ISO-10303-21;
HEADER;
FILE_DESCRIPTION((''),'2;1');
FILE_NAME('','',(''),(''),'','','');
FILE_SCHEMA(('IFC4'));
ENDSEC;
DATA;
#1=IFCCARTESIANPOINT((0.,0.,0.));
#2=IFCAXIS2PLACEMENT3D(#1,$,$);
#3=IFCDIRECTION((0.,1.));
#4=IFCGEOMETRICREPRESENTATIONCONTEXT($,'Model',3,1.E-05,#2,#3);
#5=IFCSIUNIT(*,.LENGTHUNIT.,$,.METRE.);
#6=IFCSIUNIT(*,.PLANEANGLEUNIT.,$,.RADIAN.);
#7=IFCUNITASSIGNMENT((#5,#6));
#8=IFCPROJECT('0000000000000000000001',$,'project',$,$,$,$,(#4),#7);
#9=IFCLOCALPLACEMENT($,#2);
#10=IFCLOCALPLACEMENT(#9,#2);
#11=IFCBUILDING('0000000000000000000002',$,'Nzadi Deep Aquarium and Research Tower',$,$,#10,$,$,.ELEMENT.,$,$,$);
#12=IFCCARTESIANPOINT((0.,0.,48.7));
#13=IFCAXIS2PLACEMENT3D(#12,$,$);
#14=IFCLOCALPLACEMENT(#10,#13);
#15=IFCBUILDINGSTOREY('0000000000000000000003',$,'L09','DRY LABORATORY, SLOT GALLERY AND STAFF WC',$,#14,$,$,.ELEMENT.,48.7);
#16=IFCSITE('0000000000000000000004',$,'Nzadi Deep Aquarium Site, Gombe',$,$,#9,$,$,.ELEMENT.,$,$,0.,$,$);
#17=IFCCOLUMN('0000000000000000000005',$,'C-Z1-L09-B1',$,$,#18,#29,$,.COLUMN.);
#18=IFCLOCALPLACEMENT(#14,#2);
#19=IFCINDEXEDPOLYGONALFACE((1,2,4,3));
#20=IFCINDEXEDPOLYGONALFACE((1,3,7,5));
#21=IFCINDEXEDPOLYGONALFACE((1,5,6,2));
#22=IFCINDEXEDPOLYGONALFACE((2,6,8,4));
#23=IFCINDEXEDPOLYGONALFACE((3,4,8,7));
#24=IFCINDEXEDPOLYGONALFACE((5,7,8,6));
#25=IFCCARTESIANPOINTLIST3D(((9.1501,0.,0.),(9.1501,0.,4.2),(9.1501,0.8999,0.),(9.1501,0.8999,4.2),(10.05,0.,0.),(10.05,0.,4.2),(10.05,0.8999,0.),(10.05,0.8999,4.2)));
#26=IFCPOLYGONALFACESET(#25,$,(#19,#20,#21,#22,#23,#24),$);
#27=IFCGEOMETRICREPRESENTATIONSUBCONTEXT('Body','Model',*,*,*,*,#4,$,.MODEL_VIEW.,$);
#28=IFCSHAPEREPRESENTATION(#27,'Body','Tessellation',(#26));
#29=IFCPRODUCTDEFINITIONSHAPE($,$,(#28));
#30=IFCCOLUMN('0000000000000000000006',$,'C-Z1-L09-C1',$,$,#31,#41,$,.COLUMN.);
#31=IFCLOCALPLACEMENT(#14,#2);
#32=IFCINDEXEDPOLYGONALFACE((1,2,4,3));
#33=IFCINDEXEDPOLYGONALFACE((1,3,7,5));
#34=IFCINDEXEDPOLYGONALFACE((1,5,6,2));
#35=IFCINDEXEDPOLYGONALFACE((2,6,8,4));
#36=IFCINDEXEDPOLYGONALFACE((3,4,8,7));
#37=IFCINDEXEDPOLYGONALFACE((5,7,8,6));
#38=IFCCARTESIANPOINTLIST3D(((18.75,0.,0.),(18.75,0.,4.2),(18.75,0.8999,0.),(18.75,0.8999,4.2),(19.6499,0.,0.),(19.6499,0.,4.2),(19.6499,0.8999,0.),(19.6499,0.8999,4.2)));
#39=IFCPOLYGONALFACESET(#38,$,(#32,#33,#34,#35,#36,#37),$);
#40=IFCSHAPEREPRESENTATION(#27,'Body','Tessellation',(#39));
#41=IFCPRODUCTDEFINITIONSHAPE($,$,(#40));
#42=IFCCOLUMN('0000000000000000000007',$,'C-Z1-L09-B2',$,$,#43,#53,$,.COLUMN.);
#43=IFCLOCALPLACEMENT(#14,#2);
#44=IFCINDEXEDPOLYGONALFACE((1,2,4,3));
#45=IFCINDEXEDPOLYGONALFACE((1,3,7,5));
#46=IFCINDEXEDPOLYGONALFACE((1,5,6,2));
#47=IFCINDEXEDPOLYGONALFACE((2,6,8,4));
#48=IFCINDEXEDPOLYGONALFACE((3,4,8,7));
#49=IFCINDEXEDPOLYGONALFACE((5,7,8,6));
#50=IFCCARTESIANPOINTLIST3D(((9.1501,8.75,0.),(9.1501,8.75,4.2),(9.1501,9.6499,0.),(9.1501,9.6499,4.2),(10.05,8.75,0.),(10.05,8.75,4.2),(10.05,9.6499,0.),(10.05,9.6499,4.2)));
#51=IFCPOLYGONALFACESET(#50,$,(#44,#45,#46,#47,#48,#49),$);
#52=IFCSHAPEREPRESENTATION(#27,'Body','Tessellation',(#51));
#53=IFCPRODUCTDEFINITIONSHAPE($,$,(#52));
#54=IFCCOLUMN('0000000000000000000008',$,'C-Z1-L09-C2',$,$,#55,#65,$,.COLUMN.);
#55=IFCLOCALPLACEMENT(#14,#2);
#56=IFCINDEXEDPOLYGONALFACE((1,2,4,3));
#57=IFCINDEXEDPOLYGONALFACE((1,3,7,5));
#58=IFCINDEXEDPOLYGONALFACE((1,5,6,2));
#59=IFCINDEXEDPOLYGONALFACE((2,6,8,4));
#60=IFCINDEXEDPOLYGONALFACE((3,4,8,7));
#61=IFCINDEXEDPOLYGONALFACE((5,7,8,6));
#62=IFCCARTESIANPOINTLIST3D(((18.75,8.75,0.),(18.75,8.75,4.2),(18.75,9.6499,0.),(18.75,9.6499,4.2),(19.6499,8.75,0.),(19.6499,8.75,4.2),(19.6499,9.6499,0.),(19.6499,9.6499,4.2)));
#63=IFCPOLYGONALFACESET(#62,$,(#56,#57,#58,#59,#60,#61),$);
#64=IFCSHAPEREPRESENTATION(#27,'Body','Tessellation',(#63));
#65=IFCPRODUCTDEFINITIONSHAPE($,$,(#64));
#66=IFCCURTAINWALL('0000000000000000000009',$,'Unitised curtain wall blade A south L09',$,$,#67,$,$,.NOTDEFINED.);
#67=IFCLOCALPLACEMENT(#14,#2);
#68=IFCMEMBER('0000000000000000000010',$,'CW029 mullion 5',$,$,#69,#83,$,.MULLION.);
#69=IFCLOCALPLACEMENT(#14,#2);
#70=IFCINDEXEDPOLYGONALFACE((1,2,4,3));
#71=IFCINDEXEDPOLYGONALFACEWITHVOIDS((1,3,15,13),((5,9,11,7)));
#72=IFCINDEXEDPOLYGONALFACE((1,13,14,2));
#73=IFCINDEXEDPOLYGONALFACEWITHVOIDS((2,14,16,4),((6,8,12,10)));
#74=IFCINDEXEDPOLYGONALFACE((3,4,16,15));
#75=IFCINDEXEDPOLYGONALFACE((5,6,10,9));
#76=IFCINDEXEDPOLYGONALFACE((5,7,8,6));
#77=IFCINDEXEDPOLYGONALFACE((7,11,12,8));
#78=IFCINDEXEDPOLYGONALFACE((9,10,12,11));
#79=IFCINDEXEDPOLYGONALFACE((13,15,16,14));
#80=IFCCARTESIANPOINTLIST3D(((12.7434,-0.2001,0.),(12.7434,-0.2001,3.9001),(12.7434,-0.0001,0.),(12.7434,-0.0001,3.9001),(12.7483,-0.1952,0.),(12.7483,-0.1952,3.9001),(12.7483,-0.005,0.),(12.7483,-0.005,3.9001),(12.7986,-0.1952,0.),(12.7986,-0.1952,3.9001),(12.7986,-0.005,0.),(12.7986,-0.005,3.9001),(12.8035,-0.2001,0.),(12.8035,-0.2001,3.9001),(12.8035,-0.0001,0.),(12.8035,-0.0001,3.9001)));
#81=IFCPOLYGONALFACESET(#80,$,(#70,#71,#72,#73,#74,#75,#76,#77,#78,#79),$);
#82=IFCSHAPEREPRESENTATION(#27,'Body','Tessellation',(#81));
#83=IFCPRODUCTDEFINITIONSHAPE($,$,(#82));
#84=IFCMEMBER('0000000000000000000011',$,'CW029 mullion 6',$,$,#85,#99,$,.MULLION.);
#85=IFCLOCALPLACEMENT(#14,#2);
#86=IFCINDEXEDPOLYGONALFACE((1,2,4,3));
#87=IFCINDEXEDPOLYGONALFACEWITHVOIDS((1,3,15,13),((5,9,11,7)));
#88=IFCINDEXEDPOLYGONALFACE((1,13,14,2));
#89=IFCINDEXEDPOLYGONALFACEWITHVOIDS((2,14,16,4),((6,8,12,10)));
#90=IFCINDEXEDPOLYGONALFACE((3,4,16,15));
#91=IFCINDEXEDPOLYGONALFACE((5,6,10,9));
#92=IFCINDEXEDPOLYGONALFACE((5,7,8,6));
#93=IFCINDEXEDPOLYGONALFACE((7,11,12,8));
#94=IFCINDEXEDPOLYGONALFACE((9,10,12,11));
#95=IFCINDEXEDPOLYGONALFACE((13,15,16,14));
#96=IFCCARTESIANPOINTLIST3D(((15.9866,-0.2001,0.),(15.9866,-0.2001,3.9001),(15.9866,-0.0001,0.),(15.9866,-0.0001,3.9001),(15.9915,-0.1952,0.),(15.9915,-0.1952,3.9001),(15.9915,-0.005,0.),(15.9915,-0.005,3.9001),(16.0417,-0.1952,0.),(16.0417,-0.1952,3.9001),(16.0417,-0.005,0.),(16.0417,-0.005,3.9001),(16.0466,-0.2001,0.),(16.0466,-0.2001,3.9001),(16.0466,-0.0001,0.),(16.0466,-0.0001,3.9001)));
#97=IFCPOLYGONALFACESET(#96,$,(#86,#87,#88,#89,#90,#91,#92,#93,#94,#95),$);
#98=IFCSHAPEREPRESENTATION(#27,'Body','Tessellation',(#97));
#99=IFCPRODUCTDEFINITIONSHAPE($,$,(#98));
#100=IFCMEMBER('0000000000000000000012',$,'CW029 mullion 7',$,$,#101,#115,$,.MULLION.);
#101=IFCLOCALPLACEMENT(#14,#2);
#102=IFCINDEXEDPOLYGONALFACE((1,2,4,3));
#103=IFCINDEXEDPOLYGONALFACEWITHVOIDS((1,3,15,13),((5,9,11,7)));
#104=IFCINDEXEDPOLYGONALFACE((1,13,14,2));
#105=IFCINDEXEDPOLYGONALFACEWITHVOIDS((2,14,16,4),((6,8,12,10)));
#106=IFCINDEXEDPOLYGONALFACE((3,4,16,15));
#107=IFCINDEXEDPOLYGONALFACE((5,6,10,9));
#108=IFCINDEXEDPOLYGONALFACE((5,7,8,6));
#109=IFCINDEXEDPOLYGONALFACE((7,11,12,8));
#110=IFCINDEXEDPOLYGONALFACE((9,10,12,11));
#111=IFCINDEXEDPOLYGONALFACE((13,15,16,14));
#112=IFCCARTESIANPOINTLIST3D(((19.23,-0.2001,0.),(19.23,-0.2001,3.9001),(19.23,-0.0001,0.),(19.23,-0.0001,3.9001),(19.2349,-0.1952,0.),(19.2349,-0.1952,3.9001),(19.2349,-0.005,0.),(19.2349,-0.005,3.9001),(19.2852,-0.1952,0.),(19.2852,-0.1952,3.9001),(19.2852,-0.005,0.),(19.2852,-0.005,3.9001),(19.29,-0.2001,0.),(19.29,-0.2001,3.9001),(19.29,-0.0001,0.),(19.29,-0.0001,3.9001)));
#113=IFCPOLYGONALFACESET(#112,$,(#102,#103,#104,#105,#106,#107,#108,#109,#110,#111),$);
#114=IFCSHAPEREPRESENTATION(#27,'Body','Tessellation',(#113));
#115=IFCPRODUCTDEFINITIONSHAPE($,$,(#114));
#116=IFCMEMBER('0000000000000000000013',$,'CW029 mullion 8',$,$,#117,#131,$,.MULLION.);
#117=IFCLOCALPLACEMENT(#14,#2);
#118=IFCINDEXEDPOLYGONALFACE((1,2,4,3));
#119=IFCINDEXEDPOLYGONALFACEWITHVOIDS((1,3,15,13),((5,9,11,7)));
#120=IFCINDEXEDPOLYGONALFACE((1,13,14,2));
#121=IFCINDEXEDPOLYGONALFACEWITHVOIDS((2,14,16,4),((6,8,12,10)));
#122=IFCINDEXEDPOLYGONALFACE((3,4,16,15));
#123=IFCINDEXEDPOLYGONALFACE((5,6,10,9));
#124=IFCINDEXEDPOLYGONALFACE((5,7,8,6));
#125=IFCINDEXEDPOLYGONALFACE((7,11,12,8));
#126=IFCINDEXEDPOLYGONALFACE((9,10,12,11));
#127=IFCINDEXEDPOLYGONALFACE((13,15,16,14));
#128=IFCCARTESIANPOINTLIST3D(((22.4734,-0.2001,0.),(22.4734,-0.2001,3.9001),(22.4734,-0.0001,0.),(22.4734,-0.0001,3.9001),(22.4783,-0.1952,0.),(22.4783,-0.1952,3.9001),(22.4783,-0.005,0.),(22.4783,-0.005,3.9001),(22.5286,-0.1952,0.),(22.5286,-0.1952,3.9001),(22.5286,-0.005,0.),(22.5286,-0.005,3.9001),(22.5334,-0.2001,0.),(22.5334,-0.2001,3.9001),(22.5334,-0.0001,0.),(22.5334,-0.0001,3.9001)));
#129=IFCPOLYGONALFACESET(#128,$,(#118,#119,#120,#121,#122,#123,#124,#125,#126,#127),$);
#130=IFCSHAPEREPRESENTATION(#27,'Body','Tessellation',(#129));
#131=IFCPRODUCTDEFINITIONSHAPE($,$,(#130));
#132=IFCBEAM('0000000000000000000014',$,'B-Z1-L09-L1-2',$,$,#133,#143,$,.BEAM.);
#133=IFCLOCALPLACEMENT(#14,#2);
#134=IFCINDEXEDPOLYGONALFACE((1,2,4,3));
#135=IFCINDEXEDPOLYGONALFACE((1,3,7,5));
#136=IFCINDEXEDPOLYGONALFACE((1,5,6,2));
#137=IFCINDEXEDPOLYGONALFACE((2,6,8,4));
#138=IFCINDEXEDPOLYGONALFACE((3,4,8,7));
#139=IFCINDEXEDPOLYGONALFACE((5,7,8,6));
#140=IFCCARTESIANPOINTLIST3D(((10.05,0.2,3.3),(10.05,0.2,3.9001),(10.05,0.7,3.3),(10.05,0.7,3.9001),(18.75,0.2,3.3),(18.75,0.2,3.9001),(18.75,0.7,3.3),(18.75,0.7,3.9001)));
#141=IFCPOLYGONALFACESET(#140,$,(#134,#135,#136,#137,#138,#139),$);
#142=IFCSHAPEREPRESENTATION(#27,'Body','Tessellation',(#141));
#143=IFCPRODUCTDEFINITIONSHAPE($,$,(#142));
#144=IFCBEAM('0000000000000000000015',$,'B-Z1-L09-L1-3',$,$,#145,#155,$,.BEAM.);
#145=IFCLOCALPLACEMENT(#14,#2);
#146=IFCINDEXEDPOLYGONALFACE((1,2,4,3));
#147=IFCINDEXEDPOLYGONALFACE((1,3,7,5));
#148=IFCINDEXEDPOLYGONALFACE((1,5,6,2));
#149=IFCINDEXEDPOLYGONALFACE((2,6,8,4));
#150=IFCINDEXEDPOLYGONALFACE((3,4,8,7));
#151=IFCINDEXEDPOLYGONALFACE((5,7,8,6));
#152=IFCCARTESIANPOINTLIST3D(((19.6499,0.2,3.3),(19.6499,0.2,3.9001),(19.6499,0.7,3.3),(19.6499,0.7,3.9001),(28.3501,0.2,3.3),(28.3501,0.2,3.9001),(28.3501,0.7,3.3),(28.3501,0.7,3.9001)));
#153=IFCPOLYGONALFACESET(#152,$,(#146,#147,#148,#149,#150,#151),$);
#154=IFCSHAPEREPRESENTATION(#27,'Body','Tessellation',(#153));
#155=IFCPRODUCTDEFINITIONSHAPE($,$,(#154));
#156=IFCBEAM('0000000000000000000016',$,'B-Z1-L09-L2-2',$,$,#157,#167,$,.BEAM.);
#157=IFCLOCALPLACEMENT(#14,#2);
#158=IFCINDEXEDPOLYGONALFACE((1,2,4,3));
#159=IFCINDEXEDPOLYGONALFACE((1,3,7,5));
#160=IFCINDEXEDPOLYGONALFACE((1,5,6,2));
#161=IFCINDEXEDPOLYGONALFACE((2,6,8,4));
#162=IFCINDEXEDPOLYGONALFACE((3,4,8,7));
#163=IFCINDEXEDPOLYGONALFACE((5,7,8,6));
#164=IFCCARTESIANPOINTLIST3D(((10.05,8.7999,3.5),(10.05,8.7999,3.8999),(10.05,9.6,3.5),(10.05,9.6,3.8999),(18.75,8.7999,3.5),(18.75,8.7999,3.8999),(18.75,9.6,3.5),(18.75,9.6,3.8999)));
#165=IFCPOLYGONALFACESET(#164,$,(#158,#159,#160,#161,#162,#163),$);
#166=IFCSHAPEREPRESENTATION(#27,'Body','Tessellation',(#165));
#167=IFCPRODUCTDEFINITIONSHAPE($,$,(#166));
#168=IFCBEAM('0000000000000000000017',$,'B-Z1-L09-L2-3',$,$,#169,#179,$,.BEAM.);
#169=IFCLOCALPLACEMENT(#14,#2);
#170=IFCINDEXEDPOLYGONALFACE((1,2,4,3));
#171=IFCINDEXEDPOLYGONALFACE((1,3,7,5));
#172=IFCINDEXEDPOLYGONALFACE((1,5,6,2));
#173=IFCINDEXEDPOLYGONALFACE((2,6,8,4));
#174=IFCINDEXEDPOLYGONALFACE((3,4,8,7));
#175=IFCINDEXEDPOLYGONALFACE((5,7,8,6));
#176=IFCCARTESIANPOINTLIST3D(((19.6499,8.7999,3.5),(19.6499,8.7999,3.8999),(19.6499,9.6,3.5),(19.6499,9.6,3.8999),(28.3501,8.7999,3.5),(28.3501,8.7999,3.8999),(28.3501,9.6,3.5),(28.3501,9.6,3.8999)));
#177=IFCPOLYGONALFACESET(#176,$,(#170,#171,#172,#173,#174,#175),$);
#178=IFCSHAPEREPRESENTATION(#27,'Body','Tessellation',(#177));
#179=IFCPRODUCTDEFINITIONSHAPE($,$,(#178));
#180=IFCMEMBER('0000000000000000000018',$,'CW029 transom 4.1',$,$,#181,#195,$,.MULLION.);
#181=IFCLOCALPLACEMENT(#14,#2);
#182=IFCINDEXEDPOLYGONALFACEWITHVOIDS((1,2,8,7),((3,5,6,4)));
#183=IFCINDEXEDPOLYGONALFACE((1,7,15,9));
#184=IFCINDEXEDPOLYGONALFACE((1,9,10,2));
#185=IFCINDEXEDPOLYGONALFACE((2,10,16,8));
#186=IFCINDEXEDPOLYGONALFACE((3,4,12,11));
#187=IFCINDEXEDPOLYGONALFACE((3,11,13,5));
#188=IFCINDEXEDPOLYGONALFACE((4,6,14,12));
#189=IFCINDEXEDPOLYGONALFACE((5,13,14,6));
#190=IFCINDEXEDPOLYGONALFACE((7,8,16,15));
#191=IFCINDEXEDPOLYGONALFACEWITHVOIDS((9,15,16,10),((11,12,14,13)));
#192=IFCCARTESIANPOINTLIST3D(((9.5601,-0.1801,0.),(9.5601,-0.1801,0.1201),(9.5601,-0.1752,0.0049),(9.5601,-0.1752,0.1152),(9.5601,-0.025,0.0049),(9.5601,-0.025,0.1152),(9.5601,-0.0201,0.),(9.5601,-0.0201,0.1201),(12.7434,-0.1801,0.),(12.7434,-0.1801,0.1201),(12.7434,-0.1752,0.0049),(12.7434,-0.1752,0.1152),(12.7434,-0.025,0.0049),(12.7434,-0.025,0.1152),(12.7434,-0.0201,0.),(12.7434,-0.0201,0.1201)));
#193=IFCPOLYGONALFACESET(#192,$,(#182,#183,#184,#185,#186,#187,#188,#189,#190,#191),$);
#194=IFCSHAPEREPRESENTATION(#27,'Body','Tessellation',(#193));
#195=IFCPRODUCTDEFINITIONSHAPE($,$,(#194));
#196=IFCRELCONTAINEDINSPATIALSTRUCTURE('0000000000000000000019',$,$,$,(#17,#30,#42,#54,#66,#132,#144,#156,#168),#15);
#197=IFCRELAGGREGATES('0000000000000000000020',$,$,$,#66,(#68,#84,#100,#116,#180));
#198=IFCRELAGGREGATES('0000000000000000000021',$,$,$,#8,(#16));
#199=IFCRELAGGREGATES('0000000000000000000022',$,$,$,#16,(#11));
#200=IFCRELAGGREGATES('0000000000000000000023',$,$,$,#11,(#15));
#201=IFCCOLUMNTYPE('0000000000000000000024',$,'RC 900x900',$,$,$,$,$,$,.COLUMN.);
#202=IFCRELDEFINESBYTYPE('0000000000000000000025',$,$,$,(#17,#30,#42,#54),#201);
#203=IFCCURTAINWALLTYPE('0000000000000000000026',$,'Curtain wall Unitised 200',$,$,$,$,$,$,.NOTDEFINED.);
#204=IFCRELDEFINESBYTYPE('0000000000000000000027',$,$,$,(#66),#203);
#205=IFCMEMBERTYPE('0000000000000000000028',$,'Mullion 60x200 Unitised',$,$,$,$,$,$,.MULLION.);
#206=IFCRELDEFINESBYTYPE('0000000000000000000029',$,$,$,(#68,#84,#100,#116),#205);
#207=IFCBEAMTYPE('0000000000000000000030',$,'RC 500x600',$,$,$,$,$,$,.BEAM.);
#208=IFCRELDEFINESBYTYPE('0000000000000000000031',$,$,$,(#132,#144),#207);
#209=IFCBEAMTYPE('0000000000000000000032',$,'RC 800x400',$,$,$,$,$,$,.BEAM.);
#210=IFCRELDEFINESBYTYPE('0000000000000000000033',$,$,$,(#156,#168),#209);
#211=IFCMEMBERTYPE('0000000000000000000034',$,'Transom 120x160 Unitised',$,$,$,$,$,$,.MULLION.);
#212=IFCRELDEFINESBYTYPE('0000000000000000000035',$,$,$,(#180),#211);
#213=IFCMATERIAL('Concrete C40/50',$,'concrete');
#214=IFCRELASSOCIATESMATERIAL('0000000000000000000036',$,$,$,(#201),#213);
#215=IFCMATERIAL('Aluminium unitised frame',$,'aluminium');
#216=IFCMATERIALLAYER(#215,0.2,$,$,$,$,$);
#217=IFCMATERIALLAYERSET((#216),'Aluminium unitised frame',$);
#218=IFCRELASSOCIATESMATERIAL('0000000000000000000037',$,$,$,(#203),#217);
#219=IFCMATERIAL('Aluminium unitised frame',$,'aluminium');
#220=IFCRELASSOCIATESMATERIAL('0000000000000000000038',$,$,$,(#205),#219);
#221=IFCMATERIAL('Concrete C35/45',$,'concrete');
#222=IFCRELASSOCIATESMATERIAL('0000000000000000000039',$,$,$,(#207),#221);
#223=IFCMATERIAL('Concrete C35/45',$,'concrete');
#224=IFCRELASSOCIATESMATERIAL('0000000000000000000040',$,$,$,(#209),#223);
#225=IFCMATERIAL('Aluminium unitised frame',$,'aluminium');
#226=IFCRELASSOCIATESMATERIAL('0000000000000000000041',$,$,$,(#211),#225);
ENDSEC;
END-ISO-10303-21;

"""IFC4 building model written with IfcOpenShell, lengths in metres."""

from ifc_helpers import new_model, si_unit, direction, frame, origin, origin_2d, place, context, subcontext, project, spatial, rectangle, hollow_rectangle, extrude, material, layer, layer_set, material_profile, profile_set, type_object, element, aggregate, save


model = new_model("IFC4")

# Units and contexts
model_context = context("Model", 3, precision=1e-05, world=origin(), true_north=direction((0.0, 1.0)))
body_context = subcontext(model_context, "Body", "Model", "MODEL_VIEW")
ifc_project = project(units=[si_unit("LENGTHUNIT", "METRE"), si_unit("PLANEANGLEUNIT", "RADIAN")], contexts=[model_context])

# Site, building, storey
site_placement = place(None, origin())
site = spatial("IfcSite", under=ifc_project, at=site_placement, Name="Nzadi Deep Aquarium Site, Gombe", CompositionType="ELEMENT", RefElevation=0.0)
building_placement = place(site_placement, origin())
building = spatial("IfcBuilding", under=site, at=building_placement, Name="Nzadi Deep Aquarium and Research Tower", CompositionType="ELEMENT")
storey_placement = place(building_placement, frame((0.0, 0.0, 48.7)))
storey = spatial("IfcBuildingStorey", under=building, at=storey_placement, Name="L09", Description="DRY LABORATORY, SLOT GALLERY AND STAFF WC", CompositionType="ELEMENT", Elevation=48.7)

# Columns
ifc_material_1 = material(Name="Concrete C40/50", Category="concrete")
ifc_material_profile_1 = material_profile(ifc_material_1, rectangle(XDim=0.8999, YDim=0.8999, at=origin_2d()))
ifc_profile_set_1 = profile_set([ifc_material_profile_1], Name="Concrete C40/50")
column_type = type_object("IfcColumnType", Name="RC 900x900", PredefinedType="COLUMN", material=ifc_profile_set_1)
for number, where, z_axis, x_axis, name in (
    (1, (9.6001, 0.45, 0.0), (0.0, 0.0, 1.0), (1.0, 0.0, 0.0), "C-Z1-L09-B1"),
    (2, (19.2, 0.45, 0.0), (0.0, 0.0, 1.0), (1.0, 0.0, 0.0), "C-Z1-L09-C1"),
    (3, (9.6001, 9.2, 0.0), (0.0, 0.0, 1.0), (1.0, 0.0, 0.0), "C-Z1-L09-B2"),
    (4, (19.2, 9.2, 0.0), (0.0, 0.0, 1.0), (1.0, 0.0, 0.0), "C-Z1-L09-C2"),
):
    element("IfcColumn", number, at=place(storey_placement, frame(where, z_axis=z_axis, x_axis=x_axis)), inside=storey, type_object=column_type, Name=name, PredefinedType="COLUMN", context=body_context, shape_type="SweptSolid", body=[
        extrude(rectangle(XDim=0.8999, YDim=0.8999, at=origin_2d()), origin(), (0.0, 0.0, 1.0), 4.2),
    ])

# Curtain wall, members
ifc_material_2 = material(Name="Aluminium unitised frame", Category="aluminium")
ifc_layer_1 = layer(ifc_material_2, 0.2)
ifc_layer_set_1 = layer_set([ifc_layer_1], Name="Aluminium unitised frame")
curtain_wall_type = type_object("IfcCurtainWallType", Name="Curtain wall Unitised 200", PredefinedType="NOTDEFINED", material=ifc_layer_set_1)
curtain_wall_placement = place(storey_placement, origin())
curtain_wall = element("IfcCurtainWall", 5, at=curtain_wall_placement, inside=storey, type_object=curtain_wall_type, Name="Unitised curtain wall blade A south L09", PredefinedType="NOTDEFINED")
ifc_material_3 = material(Name="Aluminium unitised frame", Category="aluminium")
ifc_material_profile_2 = material_profile(ifc_material_3, hollow_rectangle(XDim=0.2, YDim=0.0601, WallThickness=0.0049, at=origin_2d()))
ifc_profile_set_2 = profile_set([ifc_material_profile_2], Name="Aluminium unitised frame")
member_type_1 = type_object("IfcMemberType", Name="Mullion 60x200 Unitised", PredefinedType="MULLION", material=ifc_profile_set_2)
member_1_placement = place(storey_placement, frame((12.7734, -0.1001, 0.0), z_axis=(0.0, 0.0, 1.0), x_axis=(0.0, 1.0, 0.0)))
member_1 = element("IfcMember", 6, at=member_1_placement, type_object=member_type_1, Name="CW029 mullion 5", PredefinedType="MULLION", context=body_context, shape_type="SweptSolid", body=[
    extrude(hollow_rectangle(XDim=0.2, YDim=0.0601, WallThickness=0.0049, at=origin_2d()), origin(), (0.0, 0.0, 1.0), 3.9001),
])
member_2_placement = place(storey_placement, frame((16.0166, -0.1001, 0.0), z_axis=(0.0, 0.0, 1.0), x_axis=(0.0, 1.0, 0.0)))
member_2 = element("IfcMember", 7, at=member_2_placement, type_object=member_type_1, Name="CW029 mullion 6", PredefinedType="MULLION", context=body_context, shape_type="SweptSolid", body=[
    extrude(hollow_rectangle(XDim=0.2, YDim=0.0601, WallThickness=0.0049, at=origin_2d()), origin(), (0.0, 0.0, 1.0), 3.9001),
])
member_3_placement = place(storey_placement, frame((19.26, -0.1001, 0.0), z_axis=(0.0, 0.0, 1.0), x_axis=(0.0, 1.0, 0.0)))
member_3 = element("IfcMember", 8, at=member_3_placement, type_object=member_type_1, Name="CW029 mullion 7", PredefinedType="MULLION", context=body_context, shape_type="SweptSolid", body=[
    extrude(hollow_rectangle(XDim=0.2, YDim=0.0601, WallThickness=0.0049, at=origin_2d()), origin(), (0.0, 0.0, 1.0), 3.9001),
])
member_4_placement = place(storey_placement, frame((22.5034, -0.1001, 0.0), z_axis=(0.0, 0.0, 1.0), x_axis=(0.0, 1.0, 0.0)))
member_4 = element("IfcMember", 9, at=member_4_placement, type_object=member_type_1, Name="CW029 mullion 8", PredefinedType="MULLION", context=body_context, shape_type="SweptSolid", body=[
    extrude(hollow_rectangle(XDim=0.2, YDim=0.0601, WallThickness=0.0049, at=origin_2d()), origin(), (0.0, 0.0, 1.0), 3.9001),
])

# Beams
ifc_material_4 = material(Name="Concrete C35/45", Category="concrete")
ifc_material_profile_3 = material_profile(ifc_material_4, rectangle(XDim=0.5, YDim=0.6001, at=origin_2d()))
ifc_profile_set_3 = profile_set([ifc_material_profile_3], Name="Concrete C35/45")
beam_type_1 = type_object("IfcBeamType", Name="RC 500x600", PredefinedType="BEAM", material=ifc_profile_set_3)
beam_1_placement = place(storey_placement, frame((10.05, 0.45, 3.6001), z_axis=(1.0, 0.0, 0.0), x_axis=(0.0, 1.0, 0.0)))
element("IfcBeam", 10, at=beam_1_placement, inside=storey, type_object=beam_type_1, Name="B-Z1-L09-L1-2", PredefinedType="BEAM", context=body_context, shape_type="SweptSolid", body=[
    extrude(rectangle(XDim=0.5, YDim=0.6001, at=origin_2d()), origin(), (0.0, 0.0, 1.0), 8.7),
])
beam_2_placement = place(storey_placement, frame((19.6499, 0.45, 3.6001), z_axis=(1.0, 0.0, 0.0), x_axis=(0.0, 1.0, 0.0)))
element("IfcBeam", 11, at=beam_2_placement, inside=storey, type_object=beam_type_1, Name="B-Z1-L09-L1-3", PredefinedType="BEAM", context=body_context, shape_type="SweptSolid", body=[
    extrude(rectangle(XDim=0.5, YDim=0.6001, at=origin_2d()), origin(), (0.0, 0.0, 1.0), 8.7002),
])
ifc_material_5 = material(Name="Concrete C35/45", Category="concrete")
ifc_material_profile_4 = material_profile(ifc_material_5, rectangle(XDim=0.8, YDim=0.3999, at=origin_2d()))
ifc_profile_set_4 = profile_set([ifc_material_profile_4], Name="Concrete C35/45")
beam_type_2 = type_object("IfcBeamType", Name="RC 800x400", PredefinedType="BEAM", material=ifc_profile_set_4)
beam_3_placement = place(storey_placement, frame((10.05, 9.2, 3.7), z_axis=(1.0, 0.0, 0.0), x_axis=(0.0, 1.0, 0.0)))
element("IfcBeam", 12, at=beam_3_placement, inside=storey, type_object=beam_type_2, Name="B-Z1-L09-L2-2", PredefinedType="BEAM", context=body_context, shape_type="SweptSolid", body=[
    extrude(rectangle(XDim=0.8, YDim=0.3999, at=origin_2d()), origin(), (0.0, 0.0, 1.0), 8.7),
])
beam_4_placement = place(storey_placement, frame((19.6499, 9.2, 3.7), z_axis=(1.0, 0.0, 0.0), x_axis=(0.0, 1.0, 0.0)))
element("IfcBeam", 13, at=beam_4_placement, inside=storey, type_object=beam_type_2, Name="B-Z1-L09-L2-3", PredefinedType="BEAM", context=body_context, shape_type="SweptSolid", body=[
    extrude(rectangle(XDim=0.8, YDim=0.3999, at=origin_2d()), origin(), (0.0, 0.0, 1.0), 8.7002),
])

# Member
ifc_material_6 = material(Name="Aluminium unitised frame", Category="aluminium")
ifc_material_profile_5 = material_profile(ifc_material_6, hollow_rectangle(XDim=0.1599, YDim=0.1201, WallThickness=0.0049, at=origin_2d()))
ifc_profile_set_5 = profile_set([ifc_material_profile_5], Name="Aluminium unitised frame")
member_type_2 = type_object("IfcMemberType", Name="Transom 120x160 Unitised", PredefinedType="MULLION", material=ifc_profile_set_5)
member_5_placement = place(storey_placement, frame((9.5601, -0.1001, 0.0601), z_axis=(1.0, 0.0, 0.0), x_axis=(0.0, 1.0, 0.0)))
member_5 = element("IfcMember", 14, at=member_5_placement, type_object=member_type_2, Name="CW029 transom 4.1", PredefinedType="MULLION", context=body_context, shape_type="SweptSolid", body=[
    extrude(hollow_rectangle(XDim=0.1599, YDim=0.1201, WallThickness=0.0049, at=origin_2d()), origin(), (0.0, 0.0, 1.0), 3.1833),
])

aggregate(curtain_wall, [member_1, member_2, member_3, member_4, member_5])

save(model, "model.ifc")
